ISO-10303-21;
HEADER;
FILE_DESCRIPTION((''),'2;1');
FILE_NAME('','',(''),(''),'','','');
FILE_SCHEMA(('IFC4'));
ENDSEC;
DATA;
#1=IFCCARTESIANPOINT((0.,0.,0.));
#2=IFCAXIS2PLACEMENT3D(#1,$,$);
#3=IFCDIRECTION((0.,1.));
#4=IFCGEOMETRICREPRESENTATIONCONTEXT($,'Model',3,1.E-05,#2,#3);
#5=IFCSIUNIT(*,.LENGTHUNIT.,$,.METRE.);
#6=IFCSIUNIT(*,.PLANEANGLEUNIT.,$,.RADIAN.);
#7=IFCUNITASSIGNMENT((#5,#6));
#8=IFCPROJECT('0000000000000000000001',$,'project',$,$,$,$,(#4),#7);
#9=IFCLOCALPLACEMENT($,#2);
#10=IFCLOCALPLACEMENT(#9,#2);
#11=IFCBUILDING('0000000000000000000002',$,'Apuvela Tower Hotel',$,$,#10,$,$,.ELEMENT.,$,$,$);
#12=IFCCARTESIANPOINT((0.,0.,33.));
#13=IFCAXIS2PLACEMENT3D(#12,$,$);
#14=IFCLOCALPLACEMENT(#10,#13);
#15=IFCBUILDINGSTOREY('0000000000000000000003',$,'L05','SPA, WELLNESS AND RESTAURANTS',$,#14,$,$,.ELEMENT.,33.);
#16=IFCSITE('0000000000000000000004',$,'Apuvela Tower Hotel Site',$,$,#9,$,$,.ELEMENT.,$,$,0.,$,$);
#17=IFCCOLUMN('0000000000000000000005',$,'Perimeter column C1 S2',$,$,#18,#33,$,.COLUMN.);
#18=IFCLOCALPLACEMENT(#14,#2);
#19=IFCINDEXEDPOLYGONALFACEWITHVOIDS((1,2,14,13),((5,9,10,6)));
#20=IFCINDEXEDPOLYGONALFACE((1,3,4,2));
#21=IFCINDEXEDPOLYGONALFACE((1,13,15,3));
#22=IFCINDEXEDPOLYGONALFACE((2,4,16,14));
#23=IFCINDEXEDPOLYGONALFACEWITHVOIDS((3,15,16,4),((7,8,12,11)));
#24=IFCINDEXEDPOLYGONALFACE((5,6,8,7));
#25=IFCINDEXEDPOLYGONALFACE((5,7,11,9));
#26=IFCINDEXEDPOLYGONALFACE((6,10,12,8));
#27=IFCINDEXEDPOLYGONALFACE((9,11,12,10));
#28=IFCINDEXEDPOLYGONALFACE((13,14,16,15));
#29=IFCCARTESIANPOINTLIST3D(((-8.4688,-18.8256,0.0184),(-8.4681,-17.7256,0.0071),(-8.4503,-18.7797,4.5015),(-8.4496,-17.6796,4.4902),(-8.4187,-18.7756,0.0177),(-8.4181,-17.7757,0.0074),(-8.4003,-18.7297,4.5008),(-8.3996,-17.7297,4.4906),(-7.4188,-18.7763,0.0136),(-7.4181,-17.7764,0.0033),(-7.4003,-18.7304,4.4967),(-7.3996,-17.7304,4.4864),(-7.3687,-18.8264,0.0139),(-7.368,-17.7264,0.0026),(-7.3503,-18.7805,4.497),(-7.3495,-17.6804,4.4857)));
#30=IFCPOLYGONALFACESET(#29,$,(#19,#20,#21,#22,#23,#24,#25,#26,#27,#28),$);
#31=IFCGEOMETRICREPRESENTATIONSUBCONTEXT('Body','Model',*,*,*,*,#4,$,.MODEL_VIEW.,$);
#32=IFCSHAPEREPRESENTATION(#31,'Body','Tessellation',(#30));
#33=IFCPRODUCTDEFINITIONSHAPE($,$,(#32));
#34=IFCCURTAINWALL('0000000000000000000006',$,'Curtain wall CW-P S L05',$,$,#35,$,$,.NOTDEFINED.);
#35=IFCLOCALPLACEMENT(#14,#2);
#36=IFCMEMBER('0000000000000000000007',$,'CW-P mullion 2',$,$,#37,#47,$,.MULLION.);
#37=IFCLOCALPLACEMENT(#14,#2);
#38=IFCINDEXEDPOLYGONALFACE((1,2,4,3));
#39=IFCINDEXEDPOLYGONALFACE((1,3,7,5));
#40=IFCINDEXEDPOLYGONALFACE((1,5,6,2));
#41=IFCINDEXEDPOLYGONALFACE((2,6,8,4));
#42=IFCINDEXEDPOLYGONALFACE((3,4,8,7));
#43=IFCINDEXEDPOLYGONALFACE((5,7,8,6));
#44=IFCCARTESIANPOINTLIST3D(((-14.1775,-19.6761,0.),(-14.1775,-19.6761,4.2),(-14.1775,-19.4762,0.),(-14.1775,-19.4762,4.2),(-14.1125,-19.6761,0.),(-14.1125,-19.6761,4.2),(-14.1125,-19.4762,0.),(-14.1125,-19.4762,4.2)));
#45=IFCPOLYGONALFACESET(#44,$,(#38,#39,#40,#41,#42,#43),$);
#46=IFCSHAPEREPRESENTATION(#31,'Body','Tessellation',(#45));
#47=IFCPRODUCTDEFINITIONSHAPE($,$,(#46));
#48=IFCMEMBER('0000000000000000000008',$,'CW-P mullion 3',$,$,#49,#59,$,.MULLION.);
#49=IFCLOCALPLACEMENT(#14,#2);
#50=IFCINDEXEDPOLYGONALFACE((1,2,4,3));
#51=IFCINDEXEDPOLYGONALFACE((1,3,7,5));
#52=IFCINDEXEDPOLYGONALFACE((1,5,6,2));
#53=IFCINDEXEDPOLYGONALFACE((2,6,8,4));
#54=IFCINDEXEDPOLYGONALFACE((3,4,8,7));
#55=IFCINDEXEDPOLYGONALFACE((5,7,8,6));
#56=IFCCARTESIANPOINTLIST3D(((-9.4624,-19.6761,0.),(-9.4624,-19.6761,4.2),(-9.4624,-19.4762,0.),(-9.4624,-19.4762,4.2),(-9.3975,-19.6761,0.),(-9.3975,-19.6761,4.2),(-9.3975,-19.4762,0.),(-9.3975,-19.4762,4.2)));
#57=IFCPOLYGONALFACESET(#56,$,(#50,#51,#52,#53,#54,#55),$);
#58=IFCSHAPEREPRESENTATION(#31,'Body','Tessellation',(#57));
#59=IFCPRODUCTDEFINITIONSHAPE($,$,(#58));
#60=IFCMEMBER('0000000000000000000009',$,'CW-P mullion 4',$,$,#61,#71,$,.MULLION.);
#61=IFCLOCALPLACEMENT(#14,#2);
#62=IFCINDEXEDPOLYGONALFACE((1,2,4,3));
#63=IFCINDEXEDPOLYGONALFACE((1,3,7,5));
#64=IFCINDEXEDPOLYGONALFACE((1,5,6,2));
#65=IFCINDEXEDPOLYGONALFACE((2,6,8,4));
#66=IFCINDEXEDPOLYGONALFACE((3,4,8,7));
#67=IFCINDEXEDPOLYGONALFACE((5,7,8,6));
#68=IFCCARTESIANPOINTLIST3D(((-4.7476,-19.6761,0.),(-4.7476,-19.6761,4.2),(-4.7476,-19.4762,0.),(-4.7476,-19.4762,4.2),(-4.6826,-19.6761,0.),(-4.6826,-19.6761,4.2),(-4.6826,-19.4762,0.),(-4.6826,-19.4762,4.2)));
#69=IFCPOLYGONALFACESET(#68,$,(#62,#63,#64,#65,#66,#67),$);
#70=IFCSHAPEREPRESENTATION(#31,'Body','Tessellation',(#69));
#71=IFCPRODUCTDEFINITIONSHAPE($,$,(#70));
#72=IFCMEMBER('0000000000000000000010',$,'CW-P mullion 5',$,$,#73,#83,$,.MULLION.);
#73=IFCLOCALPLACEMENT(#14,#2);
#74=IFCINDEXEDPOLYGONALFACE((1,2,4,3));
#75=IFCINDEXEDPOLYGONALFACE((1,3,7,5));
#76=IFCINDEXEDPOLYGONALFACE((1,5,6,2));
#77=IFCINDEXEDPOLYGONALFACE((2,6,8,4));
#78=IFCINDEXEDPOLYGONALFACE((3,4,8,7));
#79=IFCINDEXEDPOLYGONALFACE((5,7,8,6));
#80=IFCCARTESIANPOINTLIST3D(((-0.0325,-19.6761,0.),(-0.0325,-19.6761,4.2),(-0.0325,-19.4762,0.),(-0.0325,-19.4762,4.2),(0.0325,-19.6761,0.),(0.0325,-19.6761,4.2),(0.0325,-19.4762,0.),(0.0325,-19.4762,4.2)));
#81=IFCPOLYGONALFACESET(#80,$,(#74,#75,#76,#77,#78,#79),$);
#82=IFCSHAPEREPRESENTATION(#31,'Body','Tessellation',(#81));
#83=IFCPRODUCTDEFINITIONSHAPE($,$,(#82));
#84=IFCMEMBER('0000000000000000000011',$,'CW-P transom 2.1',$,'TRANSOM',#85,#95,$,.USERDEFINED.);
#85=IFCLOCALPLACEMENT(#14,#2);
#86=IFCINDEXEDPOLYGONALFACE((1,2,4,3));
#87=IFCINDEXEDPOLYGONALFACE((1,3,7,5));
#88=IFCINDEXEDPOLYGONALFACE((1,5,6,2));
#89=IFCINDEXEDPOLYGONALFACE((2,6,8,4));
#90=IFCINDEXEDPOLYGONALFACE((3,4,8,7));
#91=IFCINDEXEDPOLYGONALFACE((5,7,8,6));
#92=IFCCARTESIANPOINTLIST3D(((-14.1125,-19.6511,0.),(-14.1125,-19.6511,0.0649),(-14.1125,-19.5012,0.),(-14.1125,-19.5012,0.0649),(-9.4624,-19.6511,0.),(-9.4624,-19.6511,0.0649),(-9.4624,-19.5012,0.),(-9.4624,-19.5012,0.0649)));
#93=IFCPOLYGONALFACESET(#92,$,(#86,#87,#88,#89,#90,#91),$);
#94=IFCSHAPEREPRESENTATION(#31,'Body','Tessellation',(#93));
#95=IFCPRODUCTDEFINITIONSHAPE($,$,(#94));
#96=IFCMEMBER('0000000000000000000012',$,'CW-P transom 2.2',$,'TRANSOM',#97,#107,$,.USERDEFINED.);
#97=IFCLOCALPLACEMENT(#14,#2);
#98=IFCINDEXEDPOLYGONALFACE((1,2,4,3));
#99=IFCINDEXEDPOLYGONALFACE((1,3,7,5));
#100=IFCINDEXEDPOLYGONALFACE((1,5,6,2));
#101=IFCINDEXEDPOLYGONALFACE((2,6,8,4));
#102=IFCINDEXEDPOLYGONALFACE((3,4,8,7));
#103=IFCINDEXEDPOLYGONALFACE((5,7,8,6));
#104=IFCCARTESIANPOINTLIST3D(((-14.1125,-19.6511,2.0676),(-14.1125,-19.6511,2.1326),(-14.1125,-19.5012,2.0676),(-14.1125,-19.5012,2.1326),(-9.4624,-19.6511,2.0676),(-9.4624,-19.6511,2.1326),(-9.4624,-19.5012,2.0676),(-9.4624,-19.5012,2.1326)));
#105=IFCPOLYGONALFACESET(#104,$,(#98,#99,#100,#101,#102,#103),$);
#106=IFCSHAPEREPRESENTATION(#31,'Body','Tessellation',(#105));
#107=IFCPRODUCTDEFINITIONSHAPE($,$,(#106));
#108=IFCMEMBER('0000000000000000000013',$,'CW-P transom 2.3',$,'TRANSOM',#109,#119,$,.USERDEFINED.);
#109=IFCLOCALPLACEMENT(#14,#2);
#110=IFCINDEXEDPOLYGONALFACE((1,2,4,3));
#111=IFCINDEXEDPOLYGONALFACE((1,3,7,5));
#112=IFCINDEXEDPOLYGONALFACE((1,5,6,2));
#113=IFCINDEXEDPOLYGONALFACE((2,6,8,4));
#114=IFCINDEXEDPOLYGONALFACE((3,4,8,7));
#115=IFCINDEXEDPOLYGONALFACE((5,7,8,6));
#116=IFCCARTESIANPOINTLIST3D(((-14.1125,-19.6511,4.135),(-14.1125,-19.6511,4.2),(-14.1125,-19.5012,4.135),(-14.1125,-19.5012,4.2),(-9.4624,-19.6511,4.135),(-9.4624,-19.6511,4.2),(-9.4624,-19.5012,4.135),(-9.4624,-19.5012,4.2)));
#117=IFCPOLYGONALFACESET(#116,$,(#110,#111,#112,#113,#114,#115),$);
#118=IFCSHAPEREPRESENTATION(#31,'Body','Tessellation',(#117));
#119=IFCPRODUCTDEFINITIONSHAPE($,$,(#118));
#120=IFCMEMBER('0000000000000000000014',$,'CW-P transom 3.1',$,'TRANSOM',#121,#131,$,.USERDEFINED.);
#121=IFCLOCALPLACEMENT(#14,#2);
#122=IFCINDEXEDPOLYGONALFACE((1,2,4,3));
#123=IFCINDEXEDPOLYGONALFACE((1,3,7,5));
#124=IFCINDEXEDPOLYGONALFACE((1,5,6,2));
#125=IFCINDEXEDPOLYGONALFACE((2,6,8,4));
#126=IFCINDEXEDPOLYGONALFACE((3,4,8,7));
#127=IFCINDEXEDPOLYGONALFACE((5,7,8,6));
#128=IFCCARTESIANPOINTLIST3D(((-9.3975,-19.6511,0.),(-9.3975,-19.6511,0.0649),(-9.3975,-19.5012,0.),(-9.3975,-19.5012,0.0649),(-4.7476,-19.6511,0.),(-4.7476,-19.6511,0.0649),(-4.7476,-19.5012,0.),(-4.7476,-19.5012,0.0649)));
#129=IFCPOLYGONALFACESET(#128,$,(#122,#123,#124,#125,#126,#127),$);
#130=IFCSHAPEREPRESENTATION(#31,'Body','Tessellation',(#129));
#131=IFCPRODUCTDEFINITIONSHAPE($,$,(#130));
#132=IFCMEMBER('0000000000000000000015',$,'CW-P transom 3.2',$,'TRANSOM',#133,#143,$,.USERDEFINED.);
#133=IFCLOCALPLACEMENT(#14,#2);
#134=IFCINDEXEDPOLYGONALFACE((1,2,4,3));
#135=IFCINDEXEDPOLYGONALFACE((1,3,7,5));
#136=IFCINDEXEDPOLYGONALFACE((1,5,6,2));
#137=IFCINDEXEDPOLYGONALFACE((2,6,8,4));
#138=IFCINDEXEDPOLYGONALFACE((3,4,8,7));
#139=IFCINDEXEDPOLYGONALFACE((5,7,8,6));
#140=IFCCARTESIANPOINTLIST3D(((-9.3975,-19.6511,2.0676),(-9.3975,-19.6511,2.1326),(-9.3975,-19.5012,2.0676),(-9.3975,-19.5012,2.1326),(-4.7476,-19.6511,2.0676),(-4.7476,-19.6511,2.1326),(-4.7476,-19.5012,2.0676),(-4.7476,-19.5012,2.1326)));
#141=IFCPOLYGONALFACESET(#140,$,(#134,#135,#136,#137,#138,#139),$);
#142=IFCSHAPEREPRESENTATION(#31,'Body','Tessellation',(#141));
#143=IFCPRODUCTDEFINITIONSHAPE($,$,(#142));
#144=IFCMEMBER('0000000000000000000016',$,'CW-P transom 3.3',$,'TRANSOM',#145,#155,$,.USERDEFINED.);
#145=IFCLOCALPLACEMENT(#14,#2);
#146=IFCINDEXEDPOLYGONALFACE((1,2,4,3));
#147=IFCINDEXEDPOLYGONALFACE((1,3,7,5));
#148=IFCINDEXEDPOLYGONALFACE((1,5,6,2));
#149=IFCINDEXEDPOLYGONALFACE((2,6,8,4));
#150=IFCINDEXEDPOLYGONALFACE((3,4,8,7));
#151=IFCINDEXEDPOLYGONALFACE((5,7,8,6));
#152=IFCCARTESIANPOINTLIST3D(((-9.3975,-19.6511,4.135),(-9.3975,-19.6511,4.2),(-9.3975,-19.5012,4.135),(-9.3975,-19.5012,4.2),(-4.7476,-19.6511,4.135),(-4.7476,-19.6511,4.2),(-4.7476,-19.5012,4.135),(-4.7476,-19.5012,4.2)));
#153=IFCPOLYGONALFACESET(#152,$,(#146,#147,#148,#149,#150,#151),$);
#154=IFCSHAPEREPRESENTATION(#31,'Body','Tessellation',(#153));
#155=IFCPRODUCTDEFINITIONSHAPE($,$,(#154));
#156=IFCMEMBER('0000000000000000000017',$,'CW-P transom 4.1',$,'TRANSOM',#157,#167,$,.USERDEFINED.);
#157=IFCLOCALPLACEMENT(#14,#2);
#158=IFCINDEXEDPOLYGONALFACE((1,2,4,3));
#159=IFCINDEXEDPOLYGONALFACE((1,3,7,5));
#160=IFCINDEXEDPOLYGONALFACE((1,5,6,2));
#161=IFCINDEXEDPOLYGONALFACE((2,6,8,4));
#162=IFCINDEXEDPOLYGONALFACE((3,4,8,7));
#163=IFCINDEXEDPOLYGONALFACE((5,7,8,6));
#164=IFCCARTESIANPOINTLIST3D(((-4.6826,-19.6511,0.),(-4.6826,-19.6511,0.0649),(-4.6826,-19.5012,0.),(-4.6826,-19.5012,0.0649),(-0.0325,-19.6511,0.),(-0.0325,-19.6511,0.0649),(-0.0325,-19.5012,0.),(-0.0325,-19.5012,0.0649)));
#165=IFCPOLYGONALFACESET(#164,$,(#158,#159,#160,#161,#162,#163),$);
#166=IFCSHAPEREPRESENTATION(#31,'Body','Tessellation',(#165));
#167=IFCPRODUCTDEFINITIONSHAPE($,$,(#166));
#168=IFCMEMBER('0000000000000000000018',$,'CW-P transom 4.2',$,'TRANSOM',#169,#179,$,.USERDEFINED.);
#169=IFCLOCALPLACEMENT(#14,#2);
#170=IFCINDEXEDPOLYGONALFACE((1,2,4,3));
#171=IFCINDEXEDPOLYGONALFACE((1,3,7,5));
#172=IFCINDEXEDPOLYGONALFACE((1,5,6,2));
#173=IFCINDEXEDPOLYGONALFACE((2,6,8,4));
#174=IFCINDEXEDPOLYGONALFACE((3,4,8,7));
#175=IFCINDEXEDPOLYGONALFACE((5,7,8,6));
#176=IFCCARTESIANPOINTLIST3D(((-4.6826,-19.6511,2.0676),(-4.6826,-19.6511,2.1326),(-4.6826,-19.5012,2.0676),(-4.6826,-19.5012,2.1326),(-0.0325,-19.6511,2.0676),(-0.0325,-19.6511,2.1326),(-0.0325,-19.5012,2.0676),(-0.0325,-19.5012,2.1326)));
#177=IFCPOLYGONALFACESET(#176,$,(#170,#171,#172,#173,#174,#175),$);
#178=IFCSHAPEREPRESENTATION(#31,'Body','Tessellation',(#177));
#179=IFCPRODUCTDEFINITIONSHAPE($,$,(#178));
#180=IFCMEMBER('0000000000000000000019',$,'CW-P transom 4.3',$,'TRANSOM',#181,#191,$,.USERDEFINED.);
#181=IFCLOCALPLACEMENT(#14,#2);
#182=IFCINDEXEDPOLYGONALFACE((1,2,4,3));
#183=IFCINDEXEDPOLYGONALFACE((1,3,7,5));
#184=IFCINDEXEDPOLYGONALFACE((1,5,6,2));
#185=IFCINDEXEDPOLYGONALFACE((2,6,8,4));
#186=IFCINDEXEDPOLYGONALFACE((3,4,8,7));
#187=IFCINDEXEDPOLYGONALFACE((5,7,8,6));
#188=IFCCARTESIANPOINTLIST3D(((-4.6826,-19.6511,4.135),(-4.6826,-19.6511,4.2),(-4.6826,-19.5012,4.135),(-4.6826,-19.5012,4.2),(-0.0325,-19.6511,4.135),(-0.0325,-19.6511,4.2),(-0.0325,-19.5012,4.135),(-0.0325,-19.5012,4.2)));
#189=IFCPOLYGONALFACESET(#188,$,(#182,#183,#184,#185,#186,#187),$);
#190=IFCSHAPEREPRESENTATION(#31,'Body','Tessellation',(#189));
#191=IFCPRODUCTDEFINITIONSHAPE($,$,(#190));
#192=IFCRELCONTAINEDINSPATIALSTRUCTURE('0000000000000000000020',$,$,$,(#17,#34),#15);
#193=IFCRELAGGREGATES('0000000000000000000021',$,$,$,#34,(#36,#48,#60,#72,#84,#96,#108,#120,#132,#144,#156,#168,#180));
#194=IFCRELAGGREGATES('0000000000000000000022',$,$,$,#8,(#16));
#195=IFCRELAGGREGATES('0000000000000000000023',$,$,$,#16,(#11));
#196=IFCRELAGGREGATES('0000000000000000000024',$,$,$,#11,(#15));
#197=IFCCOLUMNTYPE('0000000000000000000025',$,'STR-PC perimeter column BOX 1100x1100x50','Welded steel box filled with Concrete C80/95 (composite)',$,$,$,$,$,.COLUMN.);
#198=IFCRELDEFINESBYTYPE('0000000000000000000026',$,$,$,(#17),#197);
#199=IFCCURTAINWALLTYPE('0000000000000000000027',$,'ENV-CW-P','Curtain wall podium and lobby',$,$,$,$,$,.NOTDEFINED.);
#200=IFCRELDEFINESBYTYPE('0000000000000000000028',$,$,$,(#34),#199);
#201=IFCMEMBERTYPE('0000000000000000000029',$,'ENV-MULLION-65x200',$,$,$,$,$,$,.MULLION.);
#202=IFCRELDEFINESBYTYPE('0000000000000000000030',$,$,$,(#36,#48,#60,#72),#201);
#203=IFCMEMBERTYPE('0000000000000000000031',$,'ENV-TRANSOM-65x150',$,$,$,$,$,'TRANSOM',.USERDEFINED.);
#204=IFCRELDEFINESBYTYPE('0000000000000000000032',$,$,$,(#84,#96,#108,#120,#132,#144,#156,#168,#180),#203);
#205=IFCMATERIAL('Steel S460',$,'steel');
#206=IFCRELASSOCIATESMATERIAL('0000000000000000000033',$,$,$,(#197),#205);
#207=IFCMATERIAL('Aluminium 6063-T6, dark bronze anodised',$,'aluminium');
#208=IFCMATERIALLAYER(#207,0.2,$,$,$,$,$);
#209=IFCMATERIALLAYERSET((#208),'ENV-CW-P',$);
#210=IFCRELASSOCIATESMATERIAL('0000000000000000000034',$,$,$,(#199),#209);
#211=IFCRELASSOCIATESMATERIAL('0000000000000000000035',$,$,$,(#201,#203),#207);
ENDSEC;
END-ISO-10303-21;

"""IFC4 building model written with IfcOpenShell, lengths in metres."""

from ifc_helpers import new_model, si_unit, direction, frame, origin, origin_2d, place, context, subcontext, project, spatial, rectangle, hollow_rectangle, extrude, boolean, halfspace, material, layer, layer_set, material_profile, profile_set, type_object, element, aggregate, save


model = new_model("IFC4")

# Units and contexts
model_context = context("Model", 3, precision=1e-05, world=origin(), true_north=direction((0.0, 1.0)))
body_context = subcontext(model_context, "Body", "Model", "MODEL_VIEW")
ifc_project = project(units=[si_unit("LENGTHUNIT", "METRE"), si_unit("PLANEANGLEUNIT", "RADIAN")], contexts=[model_context])

# Site, building, storey
site_placement = place(None, origin())
site = spatial("IfcSite", under=ifc_project, at=site_placement, Name="Apuvela Tower Hotel Site", CompositionType="ELEMENT", RefElevation=0.0)
building_placement = place(site_placement, origin())
building = spatial("IfcBuilding", under=site, at=building_placement, Name="Apuvela Tower Hotel", CompositionType="ELEMENT")
storey_placement = place(building_placement, frame((0.0, 0.0, 33.0)))
storey = spatial("IfcBuildingStorey", under=building, at=storey_placement, Name="L05", Description="SPA, WELLNESS AND RESTAURANTS", CompositionType="ELEMENT", Elevation=33.0)

# Column
ifc_material_1 = material(Name="Steel S460", Category="steel")
ifc_material_profile_1 = material_profile(ifc_material_1, hollow_rectangle(XDim=1.1001, YDim=1.1001, WallThickness=0.05, at=origin_2d()), Name="BOX 1100x1100x50")
ifc_material_2 = material(Name="Concrete C80/95", Category="concrete")
ifc_material_profile_2 = material_profile(ifc_material_2, rectangle(XDim=1.0, YDim=1.0, at=origin_2d()), Name="Concrete C80/95 infill")
ifc_profile_set_1 = profile_set([ifc_material_profile_1, ifc_material_profile_2], Name="Steel S460")
column_type = type_object("IfcColumnType", Name="STR-PC perimeter column BOX 1100x1100x50", Description="Welded steel box filled with Concrete C80/95 (composite)", PredefinedType="COLUMN", material=ifc_profile_set_1)
column_placement = place(storey_placement, frame((-7.9185, -18.2761, 0.0), z_axis=(0.004123, 0.010253, 0.999939), x_axis=(-0.999991, 0.000717, 0.004116)))
element("IfcColumn", 1, at=column_placement, inside=storey, type_object=column_type, Name="Perimeter column C1 S2", PredefinedType="COLUMN", context=body_context, shape_type="SweptSolid", body=[
    boolean("DIFFERENCE", boolean("DIFFERENCE", extrude(hollow_rectangle(XDim=1.1001, YDim=1.1001, WallThickness=0.05, at=origin_2d()), origin(), (0.0, 0.0, 1.0), 4.5002), halfspace(frame((0.0, 0.0, 0.0105), z_axis=(0.0, 0.0, 1.0), x_axis=(1.0, 0.0, 0.0)), True)), halfspace(frame((0.0, 0.0, 4.4939), z_axis=(0.0, 0.0, 1.0), x_axis=(1.0, 0.0, 0.0)), False)),
])

# Curtain wall, members
ifc_material_3 = material(Name="Aluminium 6063-T6, dark bronze anodised", Category="aluminium")
ifc_layer_1 = layer(ifc_material_3, 0.2)
ifc_layer_set_1 = layer_set([ifc_layer_1], Name="ENV-CW-P")
curtain_wall_type = type_object("IfcCurtainWallType", Name="ENV-CW-P", Description="Curtain wall podium and lobby", PredefinedType="NOTDEFINED", material=ifc_layer_set_1)
curtain_wall_placement = place(storey_placement, origin())
curtain_wall = element("IfcCurtainWall", 2, at=curtain_wall_placement, inside=storey, type_object=curtain_wall_type, Name="Curtain wall CW-P S L05", PredefinedType="NOTDEFINED")
ifc_material_profile_3 = material_profile(ifc_material_3, rectangle(XDim=0.2, YDim=0.0649, at=origin_2d()), Name="AL 65x200")
ifc_profile_set_2 = profile_set([ifc_material_profile_3], Name="Aluminium 6063-T6, dark bronze anodised")
member_type_1 = type_object("IfcMemberType", Name="ENV-MULLION-65x200", PredefinedType="MULLION", material=ifc_profile_set_2)
member_1_placement = place(storey_placement, frame((-14.145, -19.5762, 0.0), z_axis=(0.0, 0.0, 1.0), x_axis=(0.0, 1.0, 0.0)))
member_1 = element("IfcMember", 3, at=member_1_placement, type_object=member_type_1, Name="CW-P mullion 2", PredefinedType="MULLION", context=body_context, shape_type="SweptSolid", body=[
    extrude(rectangle(XDim=0.2, YDim=0.0649, at=origin_2d()), origin(), (0.0, 0.0, 1.0), 4.2),
])
member_2_placement = place(storey_placement, frame((-9.4299, -19.5762, 0.0), z_axis=(0.0, 0.0, 1.0), x_axis=(0.0, 1.0, 0.0)))
member_2 = element("IfcMember", 4, at=member_2_placement, type_object=member_type_1, Name="CW-P mullion 3", PredefinedType="MULLION", context=body_context, shape_type="SweptSolid", body=[
    extrude(rectangle(XDim=0.2, YDim=0.0649, at=origin_2d()), origin(), (0.0, 0.0, 1.0), 4.2),
])
member_3_placement = place(storey_placement, frame((-4.7151, -19.5762, 0.0), z_axis=(0.0, 0.0, 1.0), x_axis=(0.0, 1.0, 0.0)))
member_3 = element("IfcMember", 5, at=member_3_placement, type_object=member_type_1, Name="CW-P mullion 4", PredefinedType="MULLION", context=body_context, shape_type="SweptSolid", body=[
    extrude(rectangle(XDim=0.2, YDim=0.0649, at=origin_2d()), origin(), (0.0, 0.0, 1.0), 4.2),
])
member_4_placement = place(storey_placement, frame((0.0, -19.5762, 0.0), z_axis=(0.0, 0.0, 1.0), x_axis=(0.0, 1.0, 0.0)))
member_4 = element("IfcMember", 6, at=member_4_placement, type_object=member_type_1, Name="CW-P mullion 5", PredefinedType="MULLION", context=body_context, shape_type="SweptSolid", body=[
    extrude(rectangle(XDim=0.2, YDim=0.0649, at=origin_2d()), origin(), (0.0, 0.0, 1.0), 4.2),
])
ifc_material_profile_4 = material_profile(ifc_material_3, rectangle(XDim=0.1499, YDim=0.0649, at=origin_2d()), Name="AL 65x150 transom")
ifc_profile_set_3 = profile_set([ifc_material_profile_4], Name="Aluminium 6063-T6, dark bronze anodised")
member_type_2 = type_object("IfcMemberType", Name="ENV-TRANSOM-65x150", ElementType="TRANSOM", PredefinedType="USERDEFINED", material=ifc_profile_set_3)
member_5_placement = place(storey_placement, frame((-14.1125, -19.5762, 0.0325), z_axis=(1.0, 0.0, 0.0), x_axis=(0.0, 1.0, 0.0)))
member_5 = element("IfcMember", 7, at=member_5_placement, type_object=member_type_2, Name="CW-P transom 2.1", ObjectType="TRANSOM", PredefinedType="USERDEFINED", context=body_context, shape_type="SweptSolid", body=[
    extrude(rectangle(XDim=0.1499, YDim=0.0649, at=origin_2d()), origin(), (0.0, 0.0, 1.0), 4.6501),
])
member_6_placement = place(storey_placement, frame((-14.1125, -19.5762, 2.1001), z_axis=(1.0, 0.0, 0.0), x_axis=(0.0, 1.0, 0.0)))
member_6 = element("IfcMember", 8, at=member_6_placement, type_object=member_type_2, Name="CW-P transom 2.2", ObjectType="TRANSOM", PredefinedType="USERDEFINED", context=body_context, shape_type="SweptSolid", body=[
    extrude(rectangle(XDim=0.1499, YDim=0.0649, at=origin_2d()), origin(), (0.0, 0.0, 1.0), 4.6501),
])
member_7_placement = place(storey_placement, frame((-14.1125, -19.5762, 4.1675), z_axis=(1.0, 0.0, 0.0), x_axis=(0.0, 1.0, 0.0)))
member_7 = element("IfcMember", 9, at=member_7_placement, type_object=member_type_2, Name="CW-P transom 2.3", ObjectType="TRANSOM", PredefinedType="USERDEFINED", context=body_context, shape_type="SweptSolid", body=[
    extrude(rectangle(XDim=0.1499, YDim=0.0649, at=origin_2d()), origin(), (0.0, 0.0, 1.0), 4.6501),
])
member_8_placement = place(storey_placement, frame((-9.3975, -19.5762, 0.0325), z_axis=(1.0, 0.0, 0.0), x_axis=(0.0, 1.0, 0.0)))
member_8 = element("IfcMember", 10, at=member_8_placement, type_object=member_type_2, Name="CW-P transom 3.1", ObjectType="TRANSOM", PredefinedType="USERDEFINED", context=body_context, shape_type="SweptSolid", body=[
    extrude(rectangle(XDim=0.1499, YDim=0.0649, at=origin_2d()), origin(), (0.0, 0.0, 1.0), 4.6499),
])
member_9_placement = place(storey_placement, frame((-9.3975, -19.5762, 2.1001), z_axis=(1.0, 0.0, 0.0), x_axis=(0.0, 1.0, 0.0)))
member_9 = element("IfcMember", 11, at=member_9_placement, type_object=member_type_2, Name="CW-P transom 3.2", ObjectType="TRANSOM", PredefinedType="USERDEFINED", context=body_context, shape_type="SweptSolid", body=[
    extrude(rectangle(XDim=0.1499, YDim=0.0649, at=origin_2d()), origin(), (0.0, 0.0, 1.0), 4.6499),
])
member_10_placement = place(storey_placement, frame((-9.3975, -19.5762, 4.1675), z_axis=(1.0, 0.0, 0.0), x_axis=(0.0, 1.0, 0.0)))
member_10 = element("IfcMember", 12, at=member_10_placement, type_object=member_type_2, Name="CW-P transom 3.3", ObjectType="TRANSOM", PredefinedType="USERDEFINED", context=body_context, shape_type="SweptSolid", body=[
    extrude(rectangle(XDim=0.1499, YDim=0.0649, at=origin_2d()), origin(), (0.0, 0.0, 1.0), 4.6499),
])
member_11_placement = place(storey_placement, frame((-4.6826, -19.5762, 0.0325), z_axis=(1.0, 0.0, 0.0), x_axis=(0.0, 1.0, 0.0)))
member_11 = element("IfcMember", 13, at=member_11_placement, type_object=member_type_2, Name="CW-P transom 4.1", ObjectType="TRANSOM", PredefinedType="USERDEFINED", context=body_context, shape_type="SweptSolid", body=[
    extrude(rectangle(XDim=0.1499, YDim=0.0649, at=origin_2d()), origin(), (0.0, 0.0, 1.0), 4.6501),
])
member_12_placement = place(storey_placement, frame((-4.6826, -19.5762, 2.1001), z_axis=(1.0, 0.0, 0.0), x_axis=(0.0, 1.0, 0.0)))
member_12 = element("IfcMember", 14, at=member_12_placement, type_object=member_type_2, Name="CW-P transom 4.2", ObjectType="TRANSOM", PredefinedType="USERDEFINED", context=body_context, shape_type="SweptSolid", body=[
    extrude(rectangle(XDim=0.1499, YDim=0.0649, at=origin_2d()), origin(), (0.0, 0.0, 1.0), 4.6501),
])
member_13_placement = place(storey_placement, frame((-4.6826, -19.5762, 4.1675), z_axis=(1.0, 0.0, 0.0), x_axis=(0.0, 1.0, 0.0)))
member_13 = element("IfcMember", 15, at=member_13_placement, type_object=member_type_2, Name="CW-P transom 4.3", ObjectType="TRANSOM", PredefinedType="USERDEFINED", context=body_context, shape_type="SweptSolid", body=[
    extrude(rectangle(XDim=0.1499, YDim=0.0649, at=origin_2d()), origin(), (0.0, 0.0, 1.0), 4.6501),
])

aggregate(curtain_wall, [member_1, member_2, member_3, member_4, member_5, member_6, member_7, member_8, member_9, member_10, member_11, member_12, member_13])

save(model, "model.ifc")
